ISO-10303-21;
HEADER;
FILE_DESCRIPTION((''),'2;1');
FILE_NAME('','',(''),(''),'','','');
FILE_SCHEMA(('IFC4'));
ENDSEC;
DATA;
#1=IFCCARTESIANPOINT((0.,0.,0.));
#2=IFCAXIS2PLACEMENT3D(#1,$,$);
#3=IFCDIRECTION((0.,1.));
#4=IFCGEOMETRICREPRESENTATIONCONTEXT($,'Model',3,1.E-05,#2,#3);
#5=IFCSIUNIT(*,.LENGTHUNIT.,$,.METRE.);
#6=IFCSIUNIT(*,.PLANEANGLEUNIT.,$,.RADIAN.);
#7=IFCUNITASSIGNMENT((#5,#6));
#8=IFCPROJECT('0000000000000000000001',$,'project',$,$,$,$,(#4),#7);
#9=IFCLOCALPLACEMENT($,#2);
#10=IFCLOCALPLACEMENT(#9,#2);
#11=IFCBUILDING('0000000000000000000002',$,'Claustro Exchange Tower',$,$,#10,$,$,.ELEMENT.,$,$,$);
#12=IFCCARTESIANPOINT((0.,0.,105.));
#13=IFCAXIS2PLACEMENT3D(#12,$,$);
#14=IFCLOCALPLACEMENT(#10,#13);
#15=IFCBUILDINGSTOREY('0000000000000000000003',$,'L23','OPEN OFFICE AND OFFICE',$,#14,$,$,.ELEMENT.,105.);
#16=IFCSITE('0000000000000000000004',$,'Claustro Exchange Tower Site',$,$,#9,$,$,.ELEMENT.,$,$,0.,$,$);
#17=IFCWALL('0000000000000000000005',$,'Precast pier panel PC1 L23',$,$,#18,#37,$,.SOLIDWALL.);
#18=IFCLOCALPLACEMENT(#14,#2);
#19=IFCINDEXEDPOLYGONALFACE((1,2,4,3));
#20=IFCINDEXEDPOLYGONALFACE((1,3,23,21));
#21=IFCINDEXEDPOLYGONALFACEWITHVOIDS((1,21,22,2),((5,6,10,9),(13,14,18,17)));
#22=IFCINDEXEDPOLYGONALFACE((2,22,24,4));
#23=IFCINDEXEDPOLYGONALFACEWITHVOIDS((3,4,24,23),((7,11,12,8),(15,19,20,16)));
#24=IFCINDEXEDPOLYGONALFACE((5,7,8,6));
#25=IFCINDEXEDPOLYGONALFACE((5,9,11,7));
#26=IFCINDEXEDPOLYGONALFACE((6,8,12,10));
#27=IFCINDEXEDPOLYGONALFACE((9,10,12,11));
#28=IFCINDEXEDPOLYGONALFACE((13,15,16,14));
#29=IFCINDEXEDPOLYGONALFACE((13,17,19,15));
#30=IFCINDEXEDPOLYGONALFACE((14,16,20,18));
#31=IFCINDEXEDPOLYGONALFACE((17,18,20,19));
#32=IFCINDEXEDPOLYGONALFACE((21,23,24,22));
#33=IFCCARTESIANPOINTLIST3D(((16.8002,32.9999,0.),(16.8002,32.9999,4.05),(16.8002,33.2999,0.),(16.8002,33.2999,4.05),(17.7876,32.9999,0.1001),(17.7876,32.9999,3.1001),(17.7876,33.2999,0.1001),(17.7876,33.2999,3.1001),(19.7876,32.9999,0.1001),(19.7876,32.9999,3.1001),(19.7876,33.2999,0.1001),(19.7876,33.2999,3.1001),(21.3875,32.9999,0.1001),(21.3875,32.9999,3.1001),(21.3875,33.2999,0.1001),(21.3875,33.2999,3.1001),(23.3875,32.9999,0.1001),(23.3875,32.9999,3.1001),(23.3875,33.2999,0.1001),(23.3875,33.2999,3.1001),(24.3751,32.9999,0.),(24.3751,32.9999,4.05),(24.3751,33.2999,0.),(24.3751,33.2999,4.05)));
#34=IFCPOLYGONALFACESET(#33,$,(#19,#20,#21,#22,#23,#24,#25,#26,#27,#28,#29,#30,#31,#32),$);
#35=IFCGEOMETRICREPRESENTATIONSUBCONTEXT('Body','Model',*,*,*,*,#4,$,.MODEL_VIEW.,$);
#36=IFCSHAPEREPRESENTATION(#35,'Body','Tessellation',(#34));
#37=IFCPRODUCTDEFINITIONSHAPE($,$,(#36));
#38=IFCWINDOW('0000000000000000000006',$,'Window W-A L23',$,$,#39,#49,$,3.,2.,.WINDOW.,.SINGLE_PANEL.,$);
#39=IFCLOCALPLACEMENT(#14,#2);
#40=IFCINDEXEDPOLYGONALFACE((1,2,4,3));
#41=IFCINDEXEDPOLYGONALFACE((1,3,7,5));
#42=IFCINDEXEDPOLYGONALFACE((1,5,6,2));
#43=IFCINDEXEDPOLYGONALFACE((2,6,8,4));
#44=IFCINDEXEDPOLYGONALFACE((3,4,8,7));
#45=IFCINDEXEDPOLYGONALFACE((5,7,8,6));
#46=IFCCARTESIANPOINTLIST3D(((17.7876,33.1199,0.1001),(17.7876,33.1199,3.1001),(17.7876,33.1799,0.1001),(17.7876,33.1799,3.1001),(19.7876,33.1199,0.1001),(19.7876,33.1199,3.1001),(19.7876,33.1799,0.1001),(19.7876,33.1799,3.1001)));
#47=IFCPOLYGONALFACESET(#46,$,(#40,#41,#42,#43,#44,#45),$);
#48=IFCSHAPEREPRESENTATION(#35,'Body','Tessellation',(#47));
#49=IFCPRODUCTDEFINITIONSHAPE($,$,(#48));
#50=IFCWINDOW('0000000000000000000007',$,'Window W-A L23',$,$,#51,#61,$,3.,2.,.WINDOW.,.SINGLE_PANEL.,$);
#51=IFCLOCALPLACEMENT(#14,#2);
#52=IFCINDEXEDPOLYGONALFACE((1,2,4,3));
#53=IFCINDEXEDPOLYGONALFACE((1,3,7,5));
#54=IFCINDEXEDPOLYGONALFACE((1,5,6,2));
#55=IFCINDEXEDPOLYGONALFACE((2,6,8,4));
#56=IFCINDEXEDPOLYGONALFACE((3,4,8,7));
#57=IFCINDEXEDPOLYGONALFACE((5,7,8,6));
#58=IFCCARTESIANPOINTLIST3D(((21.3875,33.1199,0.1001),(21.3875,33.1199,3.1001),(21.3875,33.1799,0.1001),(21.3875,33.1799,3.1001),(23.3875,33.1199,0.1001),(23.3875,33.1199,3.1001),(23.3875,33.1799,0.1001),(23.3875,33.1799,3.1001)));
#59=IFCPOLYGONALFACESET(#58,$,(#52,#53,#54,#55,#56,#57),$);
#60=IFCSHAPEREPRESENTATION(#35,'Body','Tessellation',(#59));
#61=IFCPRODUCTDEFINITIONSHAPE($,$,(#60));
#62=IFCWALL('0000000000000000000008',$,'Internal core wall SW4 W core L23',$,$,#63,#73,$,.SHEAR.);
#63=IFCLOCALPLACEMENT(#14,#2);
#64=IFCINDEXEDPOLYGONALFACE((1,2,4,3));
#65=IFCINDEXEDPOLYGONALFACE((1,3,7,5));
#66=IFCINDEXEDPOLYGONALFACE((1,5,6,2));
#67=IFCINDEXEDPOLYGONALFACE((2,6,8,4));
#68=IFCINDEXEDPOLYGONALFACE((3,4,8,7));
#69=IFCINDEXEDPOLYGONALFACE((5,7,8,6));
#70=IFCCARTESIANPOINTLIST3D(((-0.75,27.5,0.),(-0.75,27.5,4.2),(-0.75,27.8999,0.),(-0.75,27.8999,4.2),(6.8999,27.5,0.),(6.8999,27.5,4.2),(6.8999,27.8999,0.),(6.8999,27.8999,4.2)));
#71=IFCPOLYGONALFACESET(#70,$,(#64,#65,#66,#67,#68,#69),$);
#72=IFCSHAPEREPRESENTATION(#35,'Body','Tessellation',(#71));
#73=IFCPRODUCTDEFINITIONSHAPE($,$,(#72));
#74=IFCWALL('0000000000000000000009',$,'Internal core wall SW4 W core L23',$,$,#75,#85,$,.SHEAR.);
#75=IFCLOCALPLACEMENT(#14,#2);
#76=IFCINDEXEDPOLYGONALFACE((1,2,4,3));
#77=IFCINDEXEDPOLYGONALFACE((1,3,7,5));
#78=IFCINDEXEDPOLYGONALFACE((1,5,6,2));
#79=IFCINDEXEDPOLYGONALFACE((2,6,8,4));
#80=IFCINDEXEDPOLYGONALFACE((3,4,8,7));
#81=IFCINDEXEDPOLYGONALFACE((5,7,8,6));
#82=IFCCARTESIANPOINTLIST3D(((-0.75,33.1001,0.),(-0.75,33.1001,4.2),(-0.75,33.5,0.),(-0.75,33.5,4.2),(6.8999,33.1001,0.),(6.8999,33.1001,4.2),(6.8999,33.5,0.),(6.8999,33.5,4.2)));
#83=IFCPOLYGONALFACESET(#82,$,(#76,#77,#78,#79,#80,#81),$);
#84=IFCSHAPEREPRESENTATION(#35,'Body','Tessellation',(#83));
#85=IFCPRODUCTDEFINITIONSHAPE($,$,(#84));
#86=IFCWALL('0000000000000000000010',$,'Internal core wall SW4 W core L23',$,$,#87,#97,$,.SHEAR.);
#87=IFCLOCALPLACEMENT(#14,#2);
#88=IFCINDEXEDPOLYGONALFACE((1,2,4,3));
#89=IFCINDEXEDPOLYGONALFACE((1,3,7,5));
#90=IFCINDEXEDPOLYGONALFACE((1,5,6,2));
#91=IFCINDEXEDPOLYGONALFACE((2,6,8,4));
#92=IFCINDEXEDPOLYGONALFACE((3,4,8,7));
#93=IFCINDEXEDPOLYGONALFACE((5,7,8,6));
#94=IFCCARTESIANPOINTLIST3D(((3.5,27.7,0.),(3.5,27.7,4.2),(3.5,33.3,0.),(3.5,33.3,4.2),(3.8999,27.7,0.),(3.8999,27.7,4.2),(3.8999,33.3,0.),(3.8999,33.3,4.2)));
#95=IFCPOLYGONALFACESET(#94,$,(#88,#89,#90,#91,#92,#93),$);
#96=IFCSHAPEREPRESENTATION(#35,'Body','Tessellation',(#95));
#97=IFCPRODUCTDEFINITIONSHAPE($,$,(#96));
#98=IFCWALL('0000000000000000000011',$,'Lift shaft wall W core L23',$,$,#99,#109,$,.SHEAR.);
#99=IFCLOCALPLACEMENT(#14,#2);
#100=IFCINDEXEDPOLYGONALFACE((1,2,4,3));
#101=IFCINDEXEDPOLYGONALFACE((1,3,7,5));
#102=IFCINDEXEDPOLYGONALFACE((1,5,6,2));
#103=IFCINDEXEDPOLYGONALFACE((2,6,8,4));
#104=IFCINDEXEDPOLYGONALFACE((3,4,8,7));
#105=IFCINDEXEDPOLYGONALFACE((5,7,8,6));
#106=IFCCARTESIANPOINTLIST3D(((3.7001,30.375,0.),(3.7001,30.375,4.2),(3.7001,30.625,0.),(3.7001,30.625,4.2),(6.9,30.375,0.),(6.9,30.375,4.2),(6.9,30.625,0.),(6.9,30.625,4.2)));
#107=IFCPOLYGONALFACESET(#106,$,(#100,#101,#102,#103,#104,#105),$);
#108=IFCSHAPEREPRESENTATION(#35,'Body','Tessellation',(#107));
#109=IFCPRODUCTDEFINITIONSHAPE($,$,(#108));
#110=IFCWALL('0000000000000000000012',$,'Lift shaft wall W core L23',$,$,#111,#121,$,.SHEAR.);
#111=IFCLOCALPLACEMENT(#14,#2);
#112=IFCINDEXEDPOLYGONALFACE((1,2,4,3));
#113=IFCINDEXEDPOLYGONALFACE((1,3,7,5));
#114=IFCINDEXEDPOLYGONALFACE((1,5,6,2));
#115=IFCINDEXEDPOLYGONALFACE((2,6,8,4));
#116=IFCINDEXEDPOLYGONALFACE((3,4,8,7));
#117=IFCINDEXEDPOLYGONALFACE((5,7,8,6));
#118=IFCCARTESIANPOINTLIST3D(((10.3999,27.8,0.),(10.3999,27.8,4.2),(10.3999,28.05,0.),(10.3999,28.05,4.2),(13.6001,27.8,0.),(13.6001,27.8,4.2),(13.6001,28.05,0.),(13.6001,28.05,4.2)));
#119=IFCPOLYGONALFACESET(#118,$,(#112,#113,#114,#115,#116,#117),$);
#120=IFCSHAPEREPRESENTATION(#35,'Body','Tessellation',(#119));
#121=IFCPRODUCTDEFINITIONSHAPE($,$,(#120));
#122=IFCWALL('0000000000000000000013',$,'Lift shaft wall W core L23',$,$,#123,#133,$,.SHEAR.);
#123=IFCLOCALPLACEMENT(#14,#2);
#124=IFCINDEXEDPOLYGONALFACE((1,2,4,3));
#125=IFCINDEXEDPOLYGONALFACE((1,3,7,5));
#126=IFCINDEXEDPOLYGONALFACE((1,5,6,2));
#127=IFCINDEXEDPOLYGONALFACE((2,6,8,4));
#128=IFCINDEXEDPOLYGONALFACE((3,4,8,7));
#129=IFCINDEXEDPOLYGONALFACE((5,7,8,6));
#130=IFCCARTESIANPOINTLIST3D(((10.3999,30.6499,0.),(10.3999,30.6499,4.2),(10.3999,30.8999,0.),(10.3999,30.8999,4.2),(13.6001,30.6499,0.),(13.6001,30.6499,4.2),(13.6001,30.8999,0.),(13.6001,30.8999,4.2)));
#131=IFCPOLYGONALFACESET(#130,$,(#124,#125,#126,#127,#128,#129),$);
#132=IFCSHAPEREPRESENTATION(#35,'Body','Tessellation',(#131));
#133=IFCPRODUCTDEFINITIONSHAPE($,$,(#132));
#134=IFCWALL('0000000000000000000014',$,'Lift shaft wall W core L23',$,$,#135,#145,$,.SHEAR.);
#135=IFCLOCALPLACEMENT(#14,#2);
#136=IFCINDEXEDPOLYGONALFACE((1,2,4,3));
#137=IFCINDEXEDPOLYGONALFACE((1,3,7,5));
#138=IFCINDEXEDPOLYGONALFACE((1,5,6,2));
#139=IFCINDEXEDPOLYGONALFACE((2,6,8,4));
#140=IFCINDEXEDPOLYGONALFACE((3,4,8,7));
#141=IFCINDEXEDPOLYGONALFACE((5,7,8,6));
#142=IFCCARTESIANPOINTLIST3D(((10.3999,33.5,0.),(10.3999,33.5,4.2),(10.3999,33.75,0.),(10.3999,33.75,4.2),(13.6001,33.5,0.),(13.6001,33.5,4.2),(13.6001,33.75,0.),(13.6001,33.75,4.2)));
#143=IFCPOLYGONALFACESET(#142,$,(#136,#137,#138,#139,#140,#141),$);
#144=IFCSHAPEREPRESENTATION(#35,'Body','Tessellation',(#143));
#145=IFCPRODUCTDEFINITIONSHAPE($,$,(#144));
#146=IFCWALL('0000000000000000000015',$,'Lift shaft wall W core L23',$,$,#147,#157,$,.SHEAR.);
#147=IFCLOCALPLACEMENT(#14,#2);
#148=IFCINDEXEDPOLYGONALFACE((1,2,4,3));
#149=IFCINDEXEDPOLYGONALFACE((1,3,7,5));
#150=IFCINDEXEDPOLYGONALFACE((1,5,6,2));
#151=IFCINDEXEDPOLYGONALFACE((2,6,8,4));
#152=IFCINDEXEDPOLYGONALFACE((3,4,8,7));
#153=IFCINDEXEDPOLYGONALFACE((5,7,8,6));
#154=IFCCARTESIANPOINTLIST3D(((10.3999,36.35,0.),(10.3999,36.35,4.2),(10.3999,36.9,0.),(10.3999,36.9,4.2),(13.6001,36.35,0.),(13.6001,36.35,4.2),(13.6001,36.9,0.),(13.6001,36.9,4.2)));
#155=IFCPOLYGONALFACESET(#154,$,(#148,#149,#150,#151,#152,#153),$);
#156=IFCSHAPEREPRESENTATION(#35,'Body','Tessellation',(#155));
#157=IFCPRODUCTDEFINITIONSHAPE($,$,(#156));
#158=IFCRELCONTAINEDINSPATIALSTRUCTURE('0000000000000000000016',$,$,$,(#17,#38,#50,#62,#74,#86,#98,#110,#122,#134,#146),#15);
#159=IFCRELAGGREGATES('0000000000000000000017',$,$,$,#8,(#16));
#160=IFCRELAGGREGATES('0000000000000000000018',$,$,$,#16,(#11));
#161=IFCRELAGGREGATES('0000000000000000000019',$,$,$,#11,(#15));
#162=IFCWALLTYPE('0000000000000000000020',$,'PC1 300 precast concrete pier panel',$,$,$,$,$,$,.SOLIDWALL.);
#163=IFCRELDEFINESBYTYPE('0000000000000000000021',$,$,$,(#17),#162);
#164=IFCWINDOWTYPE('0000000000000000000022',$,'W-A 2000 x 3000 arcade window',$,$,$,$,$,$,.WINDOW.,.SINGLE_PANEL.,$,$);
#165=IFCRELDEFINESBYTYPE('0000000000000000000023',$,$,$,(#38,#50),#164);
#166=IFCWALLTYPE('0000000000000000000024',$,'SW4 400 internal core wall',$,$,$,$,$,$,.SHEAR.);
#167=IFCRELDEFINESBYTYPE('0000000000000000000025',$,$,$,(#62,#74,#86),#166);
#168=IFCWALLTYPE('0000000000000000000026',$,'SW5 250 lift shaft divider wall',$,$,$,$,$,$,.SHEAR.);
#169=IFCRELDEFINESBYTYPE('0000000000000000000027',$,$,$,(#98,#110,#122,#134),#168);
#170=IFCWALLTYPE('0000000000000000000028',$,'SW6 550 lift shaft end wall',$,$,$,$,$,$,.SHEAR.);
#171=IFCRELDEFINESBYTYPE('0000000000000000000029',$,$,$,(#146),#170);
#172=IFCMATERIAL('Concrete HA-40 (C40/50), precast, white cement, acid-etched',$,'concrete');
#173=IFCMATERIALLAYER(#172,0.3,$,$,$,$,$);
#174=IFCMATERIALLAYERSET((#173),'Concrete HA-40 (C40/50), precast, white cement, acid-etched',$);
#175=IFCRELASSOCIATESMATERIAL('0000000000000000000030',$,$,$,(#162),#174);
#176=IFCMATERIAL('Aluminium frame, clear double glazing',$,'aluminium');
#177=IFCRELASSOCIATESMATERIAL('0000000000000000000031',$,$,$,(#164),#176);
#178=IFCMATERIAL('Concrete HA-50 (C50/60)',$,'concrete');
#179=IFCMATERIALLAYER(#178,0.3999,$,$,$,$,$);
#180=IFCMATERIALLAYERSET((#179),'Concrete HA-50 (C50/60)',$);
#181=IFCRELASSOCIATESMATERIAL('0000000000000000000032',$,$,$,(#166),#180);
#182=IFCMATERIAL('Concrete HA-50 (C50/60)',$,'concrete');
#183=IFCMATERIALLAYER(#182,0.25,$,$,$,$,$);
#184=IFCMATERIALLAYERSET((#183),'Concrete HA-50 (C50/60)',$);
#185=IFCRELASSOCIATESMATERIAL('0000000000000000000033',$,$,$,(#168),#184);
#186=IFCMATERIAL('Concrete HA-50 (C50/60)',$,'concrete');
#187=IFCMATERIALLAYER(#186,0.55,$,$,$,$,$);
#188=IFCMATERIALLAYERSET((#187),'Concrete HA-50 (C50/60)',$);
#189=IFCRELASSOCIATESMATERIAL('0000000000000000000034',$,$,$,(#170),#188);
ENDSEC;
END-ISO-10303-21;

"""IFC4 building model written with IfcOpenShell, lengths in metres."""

from ifc_helpers import new_model, si_unit, direction, frame, frame_2d, origin, place, context, subcontext, project, spatial, rectangle, extrude, material, layer, layer_set, type_object, element, fill, save


model = new_model("IFC4")

# Units and contexts
model_context = context("Model", 3, precision=1e-05, world=origin(), true_north=direction((0.0, 1.0)))
body_context = subcontext(model_context, "Body", "Model", "MODEL_VIEW")
ifc_project = project(units=[si_unit("LENGTHUNIT", "METRE"), si_unit("PLANEANGLEUNIT", "RADIAN")], contexts=[model_context])

# Site, building, storey
site_placement = place(None, origin())
site = spatial("IfcSite", under=ifc_project, at=site_placement, Name="Claustro Exchange Tower Site", CompositionType="ELEMENT", RefElevation=0.0)
building_placement = place(site_placement, origin())
building = spatial("IfcBuilding", under=site, at=building_placement, Name="Claustro Exchange Tower", CompositionType="ELEMENT")
storey_placement = place(building_placement, frame((0.0, 0.0, 105.0)))
storey = spatial("IfcBuildingStorey", under=building, at=storey_placement, Name="L23", Description="OPEN OFFICE AND OFFICE", CompositionType="ELEMENT", Elevation=105.0)

# Wall, openings, windows
ifc_material_1 = material(Name="Concrete HA-40 (C40/50), precast, white cement, acid-etched", Category="concrete")
ifc_layer_1 = layer(ifc_material_1, 0.3)
ifc_layer_set_1 = layer_set([ifc_layer_1], Name="Concrete HA-40 (C40/50), precast, white cement, acid-etched")
wall_type_1 = type_object("IfcWallType", Name="PC1 300 precast concrete pier panel", PredefinedType="SOLIDWALL", material=ifc_layer_set_1)
wall_1_placement = place(storey_placement, frame((16.8, 33.1499, 0.0), z_axis=(0.0, 0.0, 1.0), x_axis=(1.0, 0.0, 0.0)))
wall_1 = element("IfcWall", 1, at=wall_1_placement, inside=storey, type_object=wall_type_1, Name="Precast pier panel PC1 L23", PredefinedType="SOLIDWALL", context=body_context, shape_type="SweptSolid", body=[
    extrude(rectangle(XDim=7.575, YDim=0.3, at=frame_2d((3.7876, 0.0))), origin(), (0.0, 0.0, 1.0), 4.05),
])
opening_1_placement = place(wall_1_placement, frame((0.9875, 0.0, 0.1001)))
opening_1 = element("IfcOpeningElement", 2, at=opening_1_placement, cuts=wall_1, PredefinedType="OPENING", context=body_context, shape_type="SweptSolid", body=[
    extrude(rectangle(XDim=2.0, YDim=3.0, at=frame_2d((1.0, 1.5))), frame((0.0, 0.1599, 0.0), z_axis=(0.0, -1.0, 0.0), x_axis=(1.0, 0.0, 0.0)), (0.0, 0.0, 1.0), 0.3201),
])
opening_2_placement = place(wall_1_placement, frame((4.5874, 0.0, 0.1001)))
opening_2 = element("IfcOpeningElement", 3, at=opening_2_placement, cuts=wall_1, PredefinedType="OPENING", context=body_context, shape_type="SweptSolid", body=[
    extrude(rectangle(XDim=2.0, YDim=3.0, at=frame_2d((1.0, 1.5))), frame((0.0, 0.1599, 0.0), z_axis=(0.0, -1.0, 0.0), x_axis=(1.0, 0.0, 0.0)), (0.0, 0.0, 1.0), 0.3201),
])
ifc_material_2 = material(Name="Aluminium frame, clear double glazing", Category="aluminium")
window_type = type_object("IfcWindowType", Name="W-A 2000 x 3000 arcade window", PartitioningType="SINGLE_PANEL", PredefinedType="WINDOW", material=ifc_material_2)
window_1_placement = place(opening_1_placement, origin())
window_1 = element("IfcWindow", 4, at=window_1_placement, inside=storey, type_object=window_type, Name="Window W-A L23", OverallHeight=3.0, OverallWidth=2.0, PartitioningType="SINGLE_PANEL", PredefinedType="WINDOW", context=body_context, shape_type="SweptSolid", body=[
    extrude(rectangle(XDim=2.0, YDim=3.0, at=frame_2d((1.0, 1.5))), frame((0.0, 0.03, 0.0), z_axis=(0.0, -1.0, 0.0), x_axis=(1.0, 0.0, 0.0)), (0.0, 0.0, 1.0), 0.0601),
])
fill(opening_1, window_1)
window_2_placement = place(opening_2_placement, origin())
window_2 = element("IfcWindow", 5, at=window_2_placement, inside=storey, type_object=window_type, Name="Window W-A L23", OverallHeight=3.0, OverallWidth=2.0, PartitioningType="SINGLE_PANEL", PredefinedType="WINDOW", context=body_context, shape_type="SweptSolid", body=[
    extrude(rectangle(XDim=2.0, YDim=3.0, at=frame_2d((1.0, 1.5))), frame((0.0, 0.03, 0.0), z_axis=(0.0, -1.0, 0.0), x_axis=(1.0, 0.0, 0.0)), (0.0, 0.0, 1.0), 0.0601),
])
fill(opening_2, window_2)

# Walls
ifc_material_3 = material(Name="Concrete HA-50 (C50/60)", Category="concrete")
ifc_layer_2 = layer(ifc_material_3, 0.3999)
ifc_layer_set_2 = layer_set([ifc_layer_2], Name="Concrete HA-50 (C50/60)")
wall_type_2 = type_object("IfcWallType", Name="SW4 400 internal core wall", PredefinedType="SHEAR", material=ifc_layer_set_2)
for number, where, z_axis, x_axis, name in (
    (6, (-0.75, 27.7, 0.0), (0.0, 0.0, 1.0), (1.0, 0.0, 0.0), "Internal core wall SW4 W core L23"),
    (7, (-0.75, 33.3, 0.0), (0.0, 0.0, 1.0), (1.0, 0.0, 0.0), "Internal core wall SW4 W core L23"),
):
    element("IfcWall", number, at=place(storey_placement, frame(where, z_axis=z_axis, x_axis=x_axis)), inside=storey, type_object=wall_type_2, Name=name, PredefinedType="SHEAR", context=body_context, shape_type="SweptSolid", body=[
        extrude(rectangle(XDim=7.6499, YDim=0.3999, at=frame_2d((3.825, 0.0))), origin(), (0.0, 0.0, 1.0), 4.2),
    ])
wall_2_placement = place(storey_placement, frame((3.7, 27.7, 0.0), z_axis=(0.0, 0.0, 1.0), x_axis=(0.0, 1.0, 0.0)))
element("IfcWall", 8, at=wall_2_placement, inside=storey, type_object=wall_type_2, Name="Internal core wall SW4 W core L23", PredefinedType="SHEAR", context=body_context, shape_type="SweptSolid", body=[
    extrude(rectangle(XDim=5.6001, YDim=0.3999, at=frame_2d((2.8, 0.0))), origin(), (0.0, 0.0, 1.0), 4.2),
])
ifc_material_4 = material(Name="Concrete HA-50 (C50/60)", Category="concrete")
ifc_layer_3 = layer(ifc_material_4, 0.25)
ifc_layer_set_3 = layer_set([ifc_layer_3], Name="Concrete HA-50 (C50/60)")
wall_type_3 = type_object("IfcWallType", Name="SW5 250 lift shaft divider wall", PredefinedType="SHEAR", material=ifc_layer_set_3)
wall_3_placement = place(storey_placement, frame((3.7, 30.5, 0.0), z_axis=(0.0, 0.0, 1.0), x_axis=(1.0, 0.0, 0.0)))
element("IfcWall", 9, at=wall_3_placement, inside=storey, type_object=wall_type_3, Name="Lift shaft wall W core L23", PredefinedType="SHEAR", context=body_context, shape_type="SweptSolid", body=[
    extrude(rectangle(XDim=3.2, YDim=0.25, at=frame_2d((1.6001, 0.0))), origin(), (0.0, 0.0, 1.0), 4.2),
])
for number, where, z_axis, x_axis, name in (
    (10, (10.3999, 27.925, 0.0), (0.0, 0.0, 1.0), (1.0, 0.0, 0.0), "Lift shaft wall W core L23"),
    (11, (10.3999, 30.7749, 0.0), (0.0, 0.0, 1.0), (1.0, 0.0, 0.0), "Lift shaft wall W core L23"),
    (12, (10.3999, 33.625, 0.0), (0.0, 0.0, 1.0), (1.0, 0.0, 0.0), "Lift shaft wall W core L23"),
):
    element("IfcWall", number, at=place(storey_placement, frame(where, z_axis=z_axis, x_axis=x_axis)), inside=storey, type_object=wall_type_3, Name=name, PredefinedType="SHEAR", context=body_context, shape_type="SweptSolid", body=[
        extrude(rectangle(XDim=3.2002, YDim=0.25, at=frame_2d((1.6001, 0.0))), origin(), (0.0, 0.0, 1.0), 4.2),
    ])
ifc_material_5 = material(Name="Concrete HA-50 (C50/60)", Category="concrete")
ifc_layer_4 = layer(ifc_material_5, 0.55)
ifc_layer_set_4 = layer_set([ifc_layer_4], Name="Concrete HA-50 (C50/60)")
wall_type_4 = type_object("IfcWallType", Name="SW6 550 lift shaft end wall", PredefinedType="SHEAR", material=ifc_layer_set_4)
wall_4_placement = place(storey_placement, frame((10.3999, 36.625, 0.0), z_axis=(0.0, 0.0, 1.0), x_axis=(1.0, 0.0, 0.0)))
element("IfcWall", 13, at=wall_4_placement, inside=storey, type_object=wall_type_4, Name="Lift shaft wall W core L23", PredefinedType="SHEAR", context=body_context, shape_type="SweptSolid", body=[
    extrude(rectangle(XDim=3.2002, YDim=0.55, at=frame_2d((1.6001, 0.0))), origin(), (0.0, 0.0, 1.0), 4.2),
])

save(model, "model.ifc")
